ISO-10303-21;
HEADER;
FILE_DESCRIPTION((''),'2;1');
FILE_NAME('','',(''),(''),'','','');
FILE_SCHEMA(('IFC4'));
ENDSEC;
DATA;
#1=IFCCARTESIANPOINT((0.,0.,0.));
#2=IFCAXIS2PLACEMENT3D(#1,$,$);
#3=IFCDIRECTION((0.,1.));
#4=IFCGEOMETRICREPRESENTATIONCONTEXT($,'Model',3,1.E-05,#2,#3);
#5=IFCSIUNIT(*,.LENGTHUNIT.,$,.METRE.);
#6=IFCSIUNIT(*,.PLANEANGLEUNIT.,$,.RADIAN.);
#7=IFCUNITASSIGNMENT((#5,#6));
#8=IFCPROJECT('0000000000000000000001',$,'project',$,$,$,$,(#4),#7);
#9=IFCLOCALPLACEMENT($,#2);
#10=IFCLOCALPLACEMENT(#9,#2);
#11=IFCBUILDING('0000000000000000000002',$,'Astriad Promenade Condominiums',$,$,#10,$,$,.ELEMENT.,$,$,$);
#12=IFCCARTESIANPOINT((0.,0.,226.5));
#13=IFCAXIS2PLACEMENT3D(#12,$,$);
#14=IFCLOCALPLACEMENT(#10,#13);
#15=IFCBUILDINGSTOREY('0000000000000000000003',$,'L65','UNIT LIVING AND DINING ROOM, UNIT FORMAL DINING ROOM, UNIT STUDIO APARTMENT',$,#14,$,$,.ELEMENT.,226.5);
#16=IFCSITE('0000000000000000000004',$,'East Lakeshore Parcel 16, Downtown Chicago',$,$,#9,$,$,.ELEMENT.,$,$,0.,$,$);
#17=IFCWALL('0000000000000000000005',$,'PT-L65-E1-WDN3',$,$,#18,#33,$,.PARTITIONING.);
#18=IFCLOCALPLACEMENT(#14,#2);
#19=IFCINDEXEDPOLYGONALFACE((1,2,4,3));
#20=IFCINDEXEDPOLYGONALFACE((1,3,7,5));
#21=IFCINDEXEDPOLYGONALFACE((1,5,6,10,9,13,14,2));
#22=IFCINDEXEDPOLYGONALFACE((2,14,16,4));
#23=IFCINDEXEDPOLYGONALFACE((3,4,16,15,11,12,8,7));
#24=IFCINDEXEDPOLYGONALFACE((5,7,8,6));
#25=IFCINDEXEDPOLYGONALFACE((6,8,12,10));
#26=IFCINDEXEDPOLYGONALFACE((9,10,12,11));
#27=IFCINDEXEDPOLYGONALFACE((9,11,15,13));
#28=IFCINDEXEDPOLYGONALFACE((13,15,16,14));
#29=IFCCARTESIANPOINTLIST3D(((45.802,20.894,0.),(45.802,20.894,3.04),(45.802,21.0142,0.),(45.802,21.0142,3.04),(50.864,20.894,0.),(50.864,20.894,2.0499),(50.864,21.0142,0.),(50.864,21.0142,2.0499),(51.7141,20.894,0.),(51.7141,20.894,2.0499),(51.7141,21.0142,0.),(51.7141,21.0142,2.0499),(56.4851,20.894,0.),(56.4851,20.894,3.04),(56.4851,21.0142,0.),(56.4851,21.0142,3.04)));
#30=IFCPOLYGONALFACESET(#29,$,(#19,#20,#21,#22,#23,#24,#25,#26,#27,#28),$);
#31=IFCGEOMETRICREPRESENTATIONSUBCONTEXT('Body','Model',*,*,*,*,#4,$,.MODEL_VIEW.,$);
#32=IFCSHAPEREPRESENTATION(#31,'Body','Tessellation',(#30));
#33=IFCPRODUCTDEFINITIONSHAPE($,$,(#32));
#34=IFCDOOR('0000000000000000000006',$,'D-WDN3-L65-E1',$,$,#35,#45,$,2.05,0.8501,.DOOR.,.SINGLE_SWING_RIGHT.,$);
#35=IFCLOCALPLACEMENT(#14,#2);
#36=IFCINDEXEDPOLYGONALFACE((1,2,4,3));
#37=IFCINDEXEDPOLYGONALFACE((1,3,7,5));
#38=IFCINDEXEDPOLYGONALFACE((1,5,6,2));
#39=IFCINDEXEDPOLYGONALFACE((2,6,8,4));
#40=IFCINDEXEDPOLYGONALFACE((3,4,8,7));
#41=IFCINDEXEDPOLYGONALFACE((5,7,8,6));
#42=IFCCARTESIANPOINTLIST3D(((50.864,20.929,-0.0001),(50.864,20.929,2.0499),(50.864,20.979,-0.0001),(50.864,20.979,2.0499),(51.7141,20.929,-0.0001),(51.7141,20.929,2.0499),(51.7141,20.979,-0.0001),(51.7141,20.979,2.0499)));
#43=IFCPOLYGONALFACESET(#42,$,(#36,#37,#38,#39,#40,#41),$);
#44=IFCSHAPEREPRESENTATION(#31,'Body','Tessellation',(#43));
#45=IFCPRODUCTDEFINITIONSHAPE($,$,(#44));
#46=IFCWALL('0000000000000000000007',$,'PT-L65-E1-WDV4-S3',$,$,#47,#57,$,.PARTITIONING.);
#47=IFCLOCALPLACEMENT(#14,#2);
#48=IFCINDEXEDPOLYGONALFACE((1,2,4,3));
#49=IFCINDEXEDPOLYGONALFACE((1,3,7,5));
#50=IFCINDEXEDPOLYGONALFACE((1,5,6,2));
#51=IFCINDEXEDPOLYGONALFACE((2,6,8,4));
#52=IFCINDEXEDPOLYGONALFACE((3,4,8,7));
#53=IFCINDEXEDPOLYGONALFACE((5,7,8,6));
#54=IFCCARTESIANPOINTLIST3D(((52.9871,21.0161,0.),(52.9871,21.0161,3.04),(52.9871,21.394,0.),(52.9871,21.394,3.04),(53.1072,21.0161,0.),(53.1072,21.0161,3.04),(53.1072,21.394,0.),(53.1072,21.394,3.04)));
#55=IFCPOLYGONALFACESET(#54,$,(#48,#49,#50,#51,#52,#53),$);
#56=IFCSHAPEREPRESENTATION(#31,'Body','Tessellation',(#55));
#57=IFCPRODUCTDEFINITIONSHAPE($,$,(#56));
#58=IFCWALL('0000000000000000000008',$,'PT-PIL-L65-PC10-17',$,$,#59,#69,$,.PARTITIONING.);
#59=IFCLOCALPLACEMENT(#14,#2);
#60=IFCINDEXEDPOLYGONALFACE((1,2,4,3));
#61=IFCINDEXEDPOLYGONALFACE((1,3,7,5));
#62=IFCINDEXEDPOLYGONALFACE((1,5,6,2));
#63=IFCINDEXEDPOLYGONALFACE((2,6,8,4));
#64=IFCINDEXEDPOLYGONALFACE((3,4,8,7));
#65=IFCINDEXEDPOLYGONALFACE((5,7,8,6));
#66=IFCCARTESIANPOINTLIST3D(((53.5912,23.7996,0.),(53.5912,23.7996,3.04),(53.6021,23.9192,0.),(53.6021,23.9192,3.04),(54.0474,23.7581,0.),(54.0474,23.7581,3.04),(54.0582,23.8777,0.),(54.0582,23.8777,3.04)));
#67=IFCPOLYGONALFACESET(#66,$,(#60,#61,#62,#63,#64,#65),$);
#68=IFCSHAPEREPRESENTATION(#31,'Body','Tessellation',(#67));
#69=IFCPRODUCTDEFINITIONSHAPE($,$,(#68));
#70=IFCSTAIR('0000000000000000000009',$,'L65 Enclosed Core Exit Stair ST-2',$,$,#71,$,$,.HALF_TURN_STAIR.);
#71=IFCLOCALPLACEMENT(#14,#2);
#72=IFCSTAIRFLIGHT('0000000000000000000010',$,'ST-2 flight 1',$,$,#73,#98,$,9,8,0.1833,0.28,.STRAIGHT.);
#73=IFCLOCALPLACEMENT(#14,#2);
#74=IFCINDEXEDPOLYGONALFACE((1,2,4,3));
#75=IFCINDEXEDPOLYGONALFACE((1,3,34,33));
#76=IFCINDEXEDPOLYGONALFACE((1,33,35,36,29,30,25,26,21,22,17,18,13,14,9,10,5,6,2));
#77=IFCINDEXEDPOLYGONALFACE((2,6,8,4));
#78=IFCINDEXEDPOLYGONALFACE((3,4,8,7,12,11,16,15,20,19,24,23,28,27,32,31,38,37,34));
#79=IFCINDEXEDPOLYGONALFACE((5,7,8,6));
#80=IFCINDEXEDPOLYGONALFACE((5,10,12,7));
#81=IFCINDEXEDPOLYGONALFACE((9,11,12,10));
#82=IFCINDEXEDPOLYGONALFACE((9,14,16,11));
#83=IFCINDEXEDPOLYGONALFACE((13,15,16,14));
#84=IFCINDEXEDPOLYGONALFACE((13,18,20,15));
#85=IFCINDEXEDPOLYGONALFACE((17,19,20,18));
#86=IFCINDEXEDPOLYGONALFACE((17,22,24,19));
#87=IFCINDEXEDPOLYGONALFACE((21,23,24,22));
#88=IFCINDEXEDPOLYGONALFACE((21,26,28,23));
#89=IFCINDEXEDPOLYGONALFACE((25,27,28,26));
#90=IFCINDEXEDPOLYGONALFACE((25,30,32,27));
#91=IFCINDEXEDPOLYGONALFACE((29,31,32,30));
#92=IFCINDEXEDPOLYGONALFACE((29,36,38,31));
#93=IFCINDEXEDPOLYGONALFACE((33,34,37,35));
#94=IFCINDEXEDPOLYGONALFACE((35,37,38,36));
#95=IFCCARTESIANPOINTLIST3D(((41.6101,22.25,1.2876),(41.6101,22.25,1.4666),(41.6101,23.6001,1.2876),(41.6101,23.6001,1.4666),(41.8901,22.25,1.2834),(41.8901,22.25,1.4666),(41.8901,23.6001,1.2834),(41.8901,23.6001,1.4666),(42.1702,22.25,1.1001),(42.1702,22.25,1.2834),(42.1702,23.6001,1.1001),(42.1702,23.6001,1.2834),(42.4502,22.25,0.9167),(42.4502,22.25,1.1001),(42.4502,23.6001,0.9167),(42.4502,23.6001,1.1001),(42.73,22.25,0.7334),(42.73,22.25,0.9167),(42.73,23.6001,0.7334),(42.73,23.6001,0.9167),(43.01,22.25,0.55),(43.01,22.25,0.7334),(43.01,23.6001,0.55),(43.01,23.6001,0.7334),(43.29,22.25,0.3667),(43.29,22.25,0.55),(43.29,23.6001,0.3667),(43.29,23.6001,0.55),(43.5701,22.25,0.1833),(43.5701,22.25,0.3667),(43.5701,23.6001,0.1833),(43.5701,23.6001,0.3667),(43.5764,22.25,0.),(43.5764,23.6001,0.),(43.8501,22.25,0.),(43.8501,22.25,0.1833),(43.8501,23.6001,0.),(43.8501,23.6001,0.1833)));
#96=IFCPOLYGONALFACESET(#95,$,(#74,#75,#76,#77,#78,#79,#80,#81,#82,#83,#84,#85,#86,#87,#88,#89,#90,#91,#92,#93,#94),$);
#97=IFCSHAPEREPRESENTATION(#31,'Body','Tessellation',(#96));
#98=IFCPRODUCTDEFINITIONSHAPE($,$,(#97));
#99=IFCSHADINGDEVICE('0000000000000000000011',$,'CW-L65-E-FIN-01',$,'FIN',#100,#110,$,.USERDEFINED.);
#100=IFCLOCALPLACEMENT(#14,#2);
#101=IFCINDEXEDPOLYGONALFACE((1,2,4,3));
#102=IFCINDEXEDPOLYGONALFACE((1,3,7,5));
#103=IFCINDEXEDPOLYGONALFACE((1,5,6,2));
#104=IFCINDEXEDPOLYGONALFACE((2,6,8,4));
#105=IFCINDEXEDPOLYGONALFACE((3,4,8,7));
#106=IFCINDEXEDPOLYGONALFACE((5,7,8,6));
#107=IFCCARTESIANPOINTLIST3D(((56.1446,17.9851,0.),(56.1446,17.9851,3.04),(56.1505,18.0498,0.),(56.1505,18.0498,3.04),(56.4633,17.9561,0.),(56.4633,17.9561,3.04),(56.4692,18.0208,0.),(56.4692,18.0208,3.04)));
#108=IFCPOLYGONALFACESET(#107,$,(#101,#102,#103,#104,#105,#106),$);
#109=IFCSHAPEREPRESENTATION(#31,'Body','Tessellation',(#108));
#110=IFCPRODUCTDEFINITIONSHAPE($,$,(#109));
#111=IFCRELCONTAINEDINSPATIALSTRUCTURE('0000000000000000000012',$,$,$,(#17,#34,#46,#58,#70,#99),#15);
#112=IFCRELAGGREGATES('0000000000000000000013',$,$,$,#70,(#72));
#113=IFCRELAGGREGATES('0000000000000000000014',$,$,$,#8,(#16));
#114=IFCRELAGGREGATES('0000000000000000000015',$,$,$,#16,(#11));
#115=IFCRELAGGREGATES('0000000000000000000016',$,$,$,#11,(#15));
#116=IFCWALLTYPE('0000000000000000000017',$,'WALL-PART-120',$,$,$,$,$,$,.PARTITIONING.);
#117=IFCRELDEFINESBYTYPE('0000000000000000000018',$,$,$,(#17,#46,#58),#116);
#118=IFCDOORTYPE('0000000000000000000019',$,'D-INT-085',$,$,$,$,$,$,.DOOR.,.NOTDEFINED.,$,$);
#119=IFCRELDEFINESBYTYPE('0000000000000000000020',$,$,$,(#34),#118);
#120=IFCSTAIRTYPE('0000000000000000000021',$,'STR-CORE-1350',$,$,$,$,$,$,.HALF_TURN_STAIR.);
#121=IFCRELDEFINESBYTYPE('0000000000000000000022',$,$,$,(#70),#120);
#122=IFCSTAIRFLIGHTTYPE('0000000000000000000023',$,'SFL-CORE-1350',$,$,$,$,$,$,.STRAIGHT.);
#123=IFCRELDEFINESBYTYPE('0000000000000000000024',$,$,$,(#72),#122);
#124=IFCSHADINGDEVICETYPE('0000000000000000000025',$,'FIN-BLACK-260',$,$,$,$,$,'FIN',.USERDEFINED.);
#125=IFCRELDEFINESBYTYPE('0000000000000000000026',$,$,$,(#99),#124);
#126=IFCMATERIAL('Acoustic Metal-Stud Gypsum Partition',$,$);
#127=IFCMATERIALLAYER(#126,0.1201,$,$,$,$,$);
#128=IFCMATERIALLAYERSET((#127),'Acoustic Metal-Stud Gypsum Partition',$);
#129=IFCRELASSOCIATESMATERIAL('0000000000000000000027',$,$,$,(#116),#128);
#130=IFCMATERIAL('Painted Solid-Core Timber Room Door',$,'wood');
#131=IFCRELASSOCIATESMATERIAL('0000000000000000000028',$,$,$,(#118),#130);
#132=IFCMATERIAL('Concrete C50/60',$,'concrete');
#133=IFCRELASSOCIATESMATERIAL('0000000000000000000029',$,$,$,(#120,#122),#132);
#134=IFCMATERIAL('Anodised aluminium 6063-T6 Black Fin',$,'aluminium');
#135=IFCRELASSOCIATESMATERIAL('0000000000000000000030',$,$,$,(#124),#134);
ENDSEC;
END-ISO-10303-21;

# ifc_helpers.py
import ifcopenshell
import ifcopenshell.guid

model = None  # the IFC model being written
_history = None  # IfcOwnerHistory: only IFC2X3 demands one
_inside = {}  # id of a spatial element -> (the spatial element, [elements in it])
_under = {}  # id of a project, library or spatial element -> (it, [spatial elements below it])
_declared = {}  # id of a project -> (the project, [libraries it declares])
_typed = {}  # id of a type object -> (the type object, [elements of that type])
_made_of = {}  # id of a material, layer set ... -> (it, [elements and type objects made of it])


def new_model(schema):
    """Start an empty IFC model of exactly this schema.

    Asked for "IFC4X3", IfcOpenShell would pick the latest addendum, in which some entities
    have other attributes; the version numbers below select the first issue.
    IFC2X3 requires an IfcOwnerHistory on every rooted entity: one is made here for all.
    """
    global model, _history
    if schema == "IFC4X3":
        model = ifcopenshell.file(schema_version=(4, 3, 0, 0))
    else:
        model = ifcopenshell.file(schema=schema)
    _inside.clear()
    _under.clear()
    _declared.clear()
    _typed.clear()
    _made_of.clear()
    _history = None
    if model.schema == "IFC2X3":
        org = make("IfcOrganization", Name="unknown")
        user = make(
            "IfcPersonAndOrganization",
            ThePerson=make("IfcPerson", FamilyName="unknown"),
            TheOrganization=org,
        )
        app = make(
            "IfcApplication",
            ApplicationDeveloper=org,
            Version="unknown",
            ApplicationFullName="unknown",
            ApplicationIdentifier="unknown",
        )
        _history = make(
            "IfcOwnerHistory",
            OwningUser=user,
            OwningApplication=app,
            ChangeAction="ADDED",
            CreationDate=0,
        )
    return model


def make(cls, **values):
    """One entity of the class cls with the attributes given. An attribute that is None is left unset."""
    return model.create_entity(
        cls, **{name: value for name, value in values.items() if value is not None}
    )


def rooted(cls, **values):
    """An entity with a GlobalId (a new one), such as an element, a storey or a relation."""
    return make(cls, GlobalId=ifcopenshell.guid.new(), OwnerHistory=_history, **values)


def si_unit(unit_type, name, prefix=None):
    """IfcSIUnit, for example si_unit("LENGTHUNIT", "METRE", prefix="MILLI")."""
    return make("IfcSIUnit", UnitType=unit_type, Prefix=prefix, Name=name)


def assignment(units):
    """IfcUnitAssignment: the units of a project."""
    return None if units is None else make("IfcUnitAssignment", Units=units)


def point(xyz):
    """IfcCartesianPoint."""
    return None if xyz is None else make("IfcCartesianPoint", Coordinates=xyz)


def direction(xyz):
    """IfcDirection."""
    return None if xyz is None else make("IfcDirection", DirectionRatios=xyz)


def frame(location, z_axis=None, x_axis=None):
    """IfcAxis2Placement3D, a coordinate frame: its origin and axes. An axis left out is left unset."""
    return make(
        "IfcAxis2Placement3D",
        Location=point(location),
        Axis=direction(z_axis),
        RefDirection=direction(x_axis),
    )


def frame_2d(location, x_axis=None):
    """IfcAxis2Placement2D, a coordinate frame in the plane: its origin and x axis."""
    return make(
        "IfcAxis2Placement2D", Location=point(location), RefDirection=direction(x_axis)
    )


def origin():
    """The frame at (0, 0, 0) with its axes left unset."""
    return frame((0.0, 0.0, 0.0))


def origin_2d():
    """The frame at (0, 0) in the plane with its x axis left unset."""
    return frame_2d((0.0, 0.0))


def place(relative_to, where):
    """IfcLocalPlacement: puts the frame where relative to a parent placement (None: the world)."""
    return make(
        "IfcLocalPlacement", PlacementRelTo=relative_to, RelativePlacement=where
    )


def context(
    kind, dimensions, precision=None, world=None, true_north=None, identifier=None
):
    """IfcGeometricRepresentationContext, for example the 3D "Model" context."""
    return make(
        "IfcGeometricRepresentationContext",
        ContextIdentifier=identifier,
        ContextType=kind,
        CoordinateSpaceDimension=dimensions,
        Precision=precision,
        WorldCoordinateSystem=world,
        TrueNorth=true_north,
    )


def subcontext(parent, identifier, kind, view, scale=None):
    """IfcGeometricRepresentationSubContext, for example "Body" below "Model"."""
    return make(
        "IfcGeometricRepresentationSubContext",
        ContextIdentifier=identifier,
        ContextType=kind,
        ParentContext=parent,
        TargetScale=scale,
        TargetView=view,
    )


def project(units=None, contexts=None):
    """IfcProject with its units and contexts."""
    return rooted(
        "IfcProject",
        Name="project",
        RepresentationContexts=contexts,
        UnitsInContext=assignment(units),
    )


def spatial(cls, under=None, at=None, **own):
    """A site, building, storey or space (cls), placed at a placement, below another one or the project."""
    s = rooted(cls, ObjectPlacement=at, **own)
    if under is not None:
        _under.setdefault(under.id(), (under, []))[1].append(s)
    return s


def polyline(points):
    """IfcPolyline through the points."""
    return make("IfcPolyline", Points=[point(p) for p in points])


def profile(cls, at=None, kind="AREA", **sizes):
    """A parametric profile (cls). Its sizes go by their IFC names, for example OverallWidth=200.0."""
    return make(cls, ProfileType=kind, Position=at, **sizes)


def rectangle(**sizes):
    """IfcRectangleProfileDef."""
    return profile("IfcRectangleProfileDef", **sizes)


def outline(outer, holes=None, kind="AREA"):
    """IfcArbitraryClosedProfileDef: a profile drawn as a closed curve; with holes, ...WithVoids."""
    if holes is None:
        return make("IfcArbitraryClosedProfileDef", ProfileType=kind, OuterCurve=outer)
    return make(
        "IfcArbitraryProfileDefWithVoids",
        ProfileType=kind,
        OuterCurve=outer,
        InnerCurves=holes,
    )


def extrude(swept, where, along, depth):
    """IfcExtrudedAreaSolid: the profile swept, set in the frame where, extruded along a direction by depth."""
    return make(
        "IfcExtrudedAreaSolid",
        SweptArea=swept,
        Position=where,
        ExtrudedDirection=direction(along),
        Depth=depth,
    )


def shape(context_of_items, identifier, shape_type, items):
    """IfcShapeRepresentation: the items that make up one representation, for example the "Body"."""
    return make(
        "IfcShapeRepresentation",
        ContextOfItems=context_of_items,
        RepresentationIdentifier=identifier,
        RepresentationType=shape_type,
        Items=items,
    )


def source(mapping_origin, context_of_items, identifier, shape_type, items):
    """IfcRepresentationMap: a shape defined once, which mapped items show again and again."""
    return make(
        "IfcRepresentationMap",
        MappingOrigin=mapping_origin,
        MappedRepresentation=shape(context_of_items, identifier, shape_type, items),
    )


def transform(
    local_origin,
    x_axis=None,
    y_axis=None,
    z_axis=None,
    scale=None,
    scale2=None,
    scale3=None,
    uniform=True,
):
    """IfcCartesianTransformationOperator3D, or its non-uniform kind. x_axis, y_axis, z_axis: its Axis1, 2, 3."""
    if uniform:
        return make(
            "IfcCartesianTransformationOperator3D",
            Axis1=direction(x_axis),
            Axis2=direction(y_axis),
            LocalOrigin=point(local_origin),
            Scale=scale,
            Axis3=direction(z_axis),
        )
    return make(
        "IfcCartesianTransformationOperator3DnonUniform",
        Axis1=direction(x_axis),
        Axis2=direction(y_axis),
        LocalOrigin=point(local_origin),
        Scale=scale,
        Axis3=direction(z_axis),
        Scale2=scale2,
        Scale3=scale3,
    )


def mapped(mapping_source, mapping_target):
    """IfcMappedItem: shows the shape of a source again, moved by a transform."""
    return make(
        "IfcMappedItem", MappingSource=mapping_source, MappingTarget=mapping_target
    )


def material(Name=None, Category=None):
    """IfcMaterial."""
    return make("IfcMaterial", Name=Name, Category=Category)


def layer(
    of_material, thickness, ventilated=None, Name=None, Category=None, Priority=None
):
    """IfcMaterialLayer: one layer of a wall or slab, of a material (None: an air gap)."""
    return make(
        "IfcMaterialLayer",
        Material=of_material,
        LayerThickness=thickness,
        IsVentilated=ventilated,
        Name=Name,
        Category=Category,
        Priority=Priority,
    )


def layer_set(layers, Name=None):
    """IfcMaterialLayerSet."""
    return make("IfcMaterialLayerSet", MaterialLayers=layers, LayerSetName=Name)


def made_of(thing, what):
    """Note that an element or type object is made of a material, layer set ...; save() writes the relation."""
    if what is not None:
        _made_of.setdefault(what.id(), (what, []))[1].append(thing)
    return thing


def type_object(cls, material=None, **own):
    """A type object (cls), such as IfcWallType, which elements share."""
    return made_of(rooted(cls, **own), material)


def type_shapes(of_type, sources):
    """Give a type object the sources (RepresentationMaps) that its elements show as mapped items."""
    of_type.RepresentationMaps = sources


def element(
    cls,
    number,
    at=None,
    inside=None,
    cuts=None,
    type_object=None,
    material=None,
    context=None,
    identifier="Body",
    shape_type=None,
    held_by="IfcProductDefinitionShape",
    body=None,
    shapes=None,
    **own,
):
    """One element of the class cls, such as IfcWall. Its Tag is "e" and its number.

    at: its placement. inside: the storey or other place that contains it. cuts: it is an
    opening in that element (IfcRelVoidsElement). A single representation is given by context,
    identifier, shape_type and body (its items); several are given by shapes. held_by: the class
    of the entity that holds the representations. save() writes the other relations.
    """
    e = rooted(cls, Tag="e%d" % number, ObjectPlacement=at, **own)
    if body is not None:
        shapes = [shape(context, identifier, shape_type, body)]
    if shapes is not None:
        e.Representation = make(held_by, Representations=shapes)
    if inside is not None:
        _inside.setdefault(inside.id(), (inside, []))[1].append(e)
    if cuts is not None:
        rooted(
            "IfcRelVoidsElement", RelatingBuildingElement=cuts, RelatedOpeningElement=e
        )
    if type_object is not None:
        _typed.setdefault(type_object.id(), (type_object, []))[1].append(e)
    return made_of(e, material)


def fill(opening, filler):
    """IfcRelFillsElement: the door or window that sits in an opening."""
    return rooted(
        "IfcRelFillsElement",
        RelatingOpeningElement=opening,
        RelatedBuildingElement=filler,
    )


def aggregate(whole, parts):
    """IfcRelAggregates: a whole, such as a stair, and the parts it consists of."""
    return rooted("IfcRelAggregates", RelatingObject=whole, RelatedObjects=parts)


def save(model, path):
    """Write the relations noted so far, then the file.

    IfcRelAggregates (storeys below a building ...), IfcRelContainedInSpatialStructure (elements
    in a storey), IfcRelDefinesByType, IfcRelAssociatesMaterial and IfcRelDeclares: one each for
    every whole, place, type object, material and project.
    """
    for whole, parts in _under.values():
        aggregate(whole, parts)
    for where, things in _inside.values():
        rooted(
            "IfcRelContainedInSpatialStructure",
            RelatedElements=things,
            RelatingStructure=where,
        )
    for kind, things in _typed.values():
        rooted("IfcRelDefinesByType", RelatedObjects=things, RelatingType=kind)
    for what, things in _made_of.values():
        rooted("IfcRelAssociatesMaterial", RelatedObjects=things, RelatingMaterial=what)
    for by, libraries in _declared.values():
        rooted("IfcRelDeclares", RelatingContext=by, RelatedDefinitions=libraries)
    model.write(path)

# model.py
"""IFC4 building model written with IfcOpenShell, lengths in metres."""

from ifc_helpers import new_model, si_unit, direction, frame, frame_2d, origin, origin_2d, place, context, subcontext, project, spatial, polyline, rectangle, outline, extrude, source, transform, mapped, material, layer, layer_set, type_object, type_shapes, element, fill, aggregate, save


model = new_model("IFC4")

# Units and contexts
model_context = context("Model", 3, precision=1e-05, world=origin(), true_north=direction((0.0, 1.0)))
body_context = subcontext(model_context, "Body", "Model", "MODEL_VIEW")
ifc_project = project(units=[si_unit("LENGTHUNIT", "METRE"), si_unit("PLANEANGLEUNIT", "RADIAN")], contexts=[model_context])

# Site, building, storey
site_placement = place(None, origin())
site = spatial("IfcSite", under=ifc_project, at=site_placement, Name="East Lakeshore Parcel 16, Downtown Chicago", CompositionType="ELEMENT", RefElevation=0.0)
building_placement = place(site_placement, origin())
building = spatial("IfcBuilding", under=site, at=building_placement, Name="Astriad Promenade Condominiums", CompositionType="ELEMENT")
storey_placement = place(building_placement, frame((0.0, 0.0, 226.5)))
storey = spatial("IfcBuildingStorey", under=building, at=storey_placement, Name="L65", Description="UNIT LIVING AND DINING ROOM, UNIT FORMAL DINING ROOM, UNIT STUDIO APARTMENT", CompositionType="ELEMENT", Elevation=226.5)

# Shared definitions
ifc_material_1 = material(Name="Concrete C50/60", Category="concrete")

# Shared definitions
ifc_material_2 = material(Name="Acoustic Metal-Stud Gypsum Partition")
ifc_layer_1 = layer(ifc_material_2, 0.1201)
ifc_layer_set_1 = layer_set([ifc_layer_1], Name="Acoustic Metal-Stud Gypsum Partition")
wall_type_1 = type_object("IfcWallType", Name="WALL-PART-120", PredefinedType="PARTITIONING", material=ifc_layer_set_1)

# Wall, opening, door
ifc_material_3 = material(Name="Painted Solid-Core Timber Room Door", Category="wood")
door_type = type_object("IfcDoorType", Name="D-INT-085", OperationType="NOTDEFINED", PredefinedType="DOOR", material=ifc_material_3)
shared_shape_1 = source(origin(), body_context, "Body", "SweptSolid", [
    extrude(rectangle(XDim=0.8501, YDim=2.05, at=frame_2d((0.425, 1.0249))), frame((0.0, 0.0249, 0.0), z_axis=(0.0, -1.0, 0.0), x_axis=(1.0, 0.0, 0.0)), (0.0, 0.0, 1.0), 0.05),
])
type_shapes(door_type, [shared_shape_1])
wall_1_placement = place(storey_placement, frame((45.802, 20.9541, 0.0), z_axis=(0.0, 0.0, 1.0), x_axis=(1.0, 0.0, 0.0)))
wall_1 = element("IfcWall", 1, at=wall_1_placement, inside=storey, type_object=wall_type_1, Name="PT-L65-E1-WDN3", PredefinedType="PARTITIONING", context=body_context, shape_type="SweptSolid", body=[
    extrude(rectangle(XDim=10.6831, YDim=0.1201, at=frame_2d((5.3416, 0.0))), origin(), (0.0, 0.0, 1.0), 3.04),
])
opening_1_placement = place(wall_1_placement, frame((5.062, 0.0, 0.0)))
opening_1 = element("IfcOpeningElement", 2, at=opening_1_placement, cuts=wall_1, PredefinedType="OPENING", context=body_context, shape_type="SweptSolid", body=[
    extrude(rectangle(XDim=0.8501, YDim=2.05, at=frame_2d((0.425, 1.0249))), frame((0.0, 0.0701, 0.0), z_axis=(0.0, -1.0, 0.0), x_axis=(1.0, 0.0, 0.0)), (0.0, 0.0, 1.0), 0.1401),
])
door_1_placement = place(opening_1_placement, origin())
door_1 = element("IfcDoor", 3, at=door_1_placement, inside=storey, type_object=door_type, Name="D-WDN3-L65-E1", OperationType="SINGLE_SWING_RIGHT", OverallHeight=2.05, OverallWidth=0.8501, PredefinedType="DOOR", context=body_context, shape_type="MappedRepresentation", body=[
    mapped(shared_shape_1, transform((0.0, 0.0, 0.0), scale=1.0)),
])
fill(opening_1, door_1)

# Walls
wall_2_placement = place(storey_placement, frame((53.0471, 21.0161, 0.0), z_axis=(0.0, 0.0, 1.0), x_axis=(0.0, 1.0, 0.0)))
element("IfcWall", 4, at=wall_2_placement, inside=storey, type_object=wall_type_1, Name="PT-L65-E1-WDV4-S3", PredefinedType="PARTITIONING", context=body_context, shape_type="SweptSolid", body=[
    extrude(rectangle(XDim=0.3779, YDim=0.1201, at=frame_2d((0.189, 0.0))), origin(), (0.0, 0.0, 1.0), 3.04),
])
wall_3_placement = place(storey_placement, frame((53.5967, 23.8594, 0.0), z_axis=(0.0, 0.0, 1.0), x_axis=(0.995884, -0.090632, 0.0)))
element("IfcWall", 5, at=wall_3_placement, inside=storey, type_object=wall_type_1, Name="PT-PIL-L65-PC10-17", PredefinedType="PARTITIONING", context=body_context, shape_type="SweptSolid", body=[
    extrude(rectangle(XDim=0.458, YDim=0.1201, at=frame_2d((0.229, 0.0))), origin(), (0.0, 0.0, 1.0), 3.04),
])

# Stair, stair flight
stair_type = type_object("IfcStairType", Name="STR-CORE-1350", PredefinedType="HALF_TURN_STAIR", material=ifc_material_1)
stair_placement = place(storey_placement, origin())
stair = element("IfcStair", 6, at=stair_placement, inside=storey, type_object=stair_type, Name="L65 Enclosed Core Exit Stair ST-2", PredefinedType="HALF_TURN_STAIR")
stair_flight_type = type_object("IfcStairFlightType", Name="SFL-CORE-1350", PredefinedType="STRAIGHT", material=ifc_material_1)
shared_shape_2 = source(origin(), body_context, "Body", "SweptSolid", [
    extrude(outline(polyline([(0.0, 0.0), (0.0, 0.1833), (0.28, 0.1833), (0.28, 0.3667), (0.5601, 0.3667), (0.5601, 0.55), (0.8401, 0.55), (0.8401, 0.7334), (1.1201, 0.7334), (1.1201, 0.9167), (1.3999, 0.9167), (1.3999, 1.1001), (1.6799, 1.1001), (1.6799, 1.2834), (1.96, 1.2834), (1.96, 1.4666), (2.24, 1.4666), (2.24, 1.6499), (2.24, 1.2876), (0.2737, 0.0), (0.0, 0.0)])), frame((0.0, 0.675, 0.0), z_axis=(0.0, -1.0, 0.0), x_axis=(1.0, 0.0, 0.0)), (0.0, 0.0, 1.0), 1.3501),
])
type_shapes(stair_flight_type, [shared_shape_2])
stair_flight_placement = place(storey_placement, frame((43.8501, 22.925, 0.0), z_axis=(0.0, 0.0, 1.0), x_axis=(-1.0, 0.0, 0.0)))
stair_flight = element("IfcStairFlight", 7, at=stair_flight_placement, type_object=stair_flight_type, Name="ST-2 flight 1", NumberOfRisers=9, NumberOfTreads=8, PredefinedType="STRAIGHT", RiserHeight=0.1833, TreadLength=0.28, context=body_context, shape_type="MappedRepresentation", body=[
    mapped(shared_shape_2, transform((0.0, 0.0, 0.0), scale=1.0)),
])
aggregate(stair, [stair_flight])

# Shading device
ifc_material_4 = material(Name="Anodised aluminium 6063-T6 Black Fin", Category="aluminium")
shading_device_type = type_object("IfcShadingDeviceType", Name="FIN-BLACK-260", ElementType="FIN", PredefinedType="USERDEFINED", material=ifc_material_4)
shared_shape_3 = source(origin(), body_context, "Body", "SweptSolid", [
    extrude(rectangle(XDim=0.0649, YDim=0.3201, at=origin_2d()), origin(), (0.0, 0.0, 1.0), 3.04),
])
type_shapes(shading_device_type, [shared_shape_3])
shading_device_placement = place(storey_placement, frame((56.3069, 18.0029, 0.0), z_axis=(0.0, 0.0, 1.0), x_axis=(-0.090633, -0.995884, 0.0)))
element("IfcShadingDevice", 8, at=shading_device_placement, inside=storey, type_object=shading_device_type, Name="CW-L65-E-FIN-01", ObjectType="FIN", PredefinedType="USERDEFINED", context=body_context, shape_type="MappedRepresentation", body=[
    mapped(shared_shape_3, transform((0.0, 0.0, 0.0), scale=1.0)),
])

save(model, "model.ifc")
